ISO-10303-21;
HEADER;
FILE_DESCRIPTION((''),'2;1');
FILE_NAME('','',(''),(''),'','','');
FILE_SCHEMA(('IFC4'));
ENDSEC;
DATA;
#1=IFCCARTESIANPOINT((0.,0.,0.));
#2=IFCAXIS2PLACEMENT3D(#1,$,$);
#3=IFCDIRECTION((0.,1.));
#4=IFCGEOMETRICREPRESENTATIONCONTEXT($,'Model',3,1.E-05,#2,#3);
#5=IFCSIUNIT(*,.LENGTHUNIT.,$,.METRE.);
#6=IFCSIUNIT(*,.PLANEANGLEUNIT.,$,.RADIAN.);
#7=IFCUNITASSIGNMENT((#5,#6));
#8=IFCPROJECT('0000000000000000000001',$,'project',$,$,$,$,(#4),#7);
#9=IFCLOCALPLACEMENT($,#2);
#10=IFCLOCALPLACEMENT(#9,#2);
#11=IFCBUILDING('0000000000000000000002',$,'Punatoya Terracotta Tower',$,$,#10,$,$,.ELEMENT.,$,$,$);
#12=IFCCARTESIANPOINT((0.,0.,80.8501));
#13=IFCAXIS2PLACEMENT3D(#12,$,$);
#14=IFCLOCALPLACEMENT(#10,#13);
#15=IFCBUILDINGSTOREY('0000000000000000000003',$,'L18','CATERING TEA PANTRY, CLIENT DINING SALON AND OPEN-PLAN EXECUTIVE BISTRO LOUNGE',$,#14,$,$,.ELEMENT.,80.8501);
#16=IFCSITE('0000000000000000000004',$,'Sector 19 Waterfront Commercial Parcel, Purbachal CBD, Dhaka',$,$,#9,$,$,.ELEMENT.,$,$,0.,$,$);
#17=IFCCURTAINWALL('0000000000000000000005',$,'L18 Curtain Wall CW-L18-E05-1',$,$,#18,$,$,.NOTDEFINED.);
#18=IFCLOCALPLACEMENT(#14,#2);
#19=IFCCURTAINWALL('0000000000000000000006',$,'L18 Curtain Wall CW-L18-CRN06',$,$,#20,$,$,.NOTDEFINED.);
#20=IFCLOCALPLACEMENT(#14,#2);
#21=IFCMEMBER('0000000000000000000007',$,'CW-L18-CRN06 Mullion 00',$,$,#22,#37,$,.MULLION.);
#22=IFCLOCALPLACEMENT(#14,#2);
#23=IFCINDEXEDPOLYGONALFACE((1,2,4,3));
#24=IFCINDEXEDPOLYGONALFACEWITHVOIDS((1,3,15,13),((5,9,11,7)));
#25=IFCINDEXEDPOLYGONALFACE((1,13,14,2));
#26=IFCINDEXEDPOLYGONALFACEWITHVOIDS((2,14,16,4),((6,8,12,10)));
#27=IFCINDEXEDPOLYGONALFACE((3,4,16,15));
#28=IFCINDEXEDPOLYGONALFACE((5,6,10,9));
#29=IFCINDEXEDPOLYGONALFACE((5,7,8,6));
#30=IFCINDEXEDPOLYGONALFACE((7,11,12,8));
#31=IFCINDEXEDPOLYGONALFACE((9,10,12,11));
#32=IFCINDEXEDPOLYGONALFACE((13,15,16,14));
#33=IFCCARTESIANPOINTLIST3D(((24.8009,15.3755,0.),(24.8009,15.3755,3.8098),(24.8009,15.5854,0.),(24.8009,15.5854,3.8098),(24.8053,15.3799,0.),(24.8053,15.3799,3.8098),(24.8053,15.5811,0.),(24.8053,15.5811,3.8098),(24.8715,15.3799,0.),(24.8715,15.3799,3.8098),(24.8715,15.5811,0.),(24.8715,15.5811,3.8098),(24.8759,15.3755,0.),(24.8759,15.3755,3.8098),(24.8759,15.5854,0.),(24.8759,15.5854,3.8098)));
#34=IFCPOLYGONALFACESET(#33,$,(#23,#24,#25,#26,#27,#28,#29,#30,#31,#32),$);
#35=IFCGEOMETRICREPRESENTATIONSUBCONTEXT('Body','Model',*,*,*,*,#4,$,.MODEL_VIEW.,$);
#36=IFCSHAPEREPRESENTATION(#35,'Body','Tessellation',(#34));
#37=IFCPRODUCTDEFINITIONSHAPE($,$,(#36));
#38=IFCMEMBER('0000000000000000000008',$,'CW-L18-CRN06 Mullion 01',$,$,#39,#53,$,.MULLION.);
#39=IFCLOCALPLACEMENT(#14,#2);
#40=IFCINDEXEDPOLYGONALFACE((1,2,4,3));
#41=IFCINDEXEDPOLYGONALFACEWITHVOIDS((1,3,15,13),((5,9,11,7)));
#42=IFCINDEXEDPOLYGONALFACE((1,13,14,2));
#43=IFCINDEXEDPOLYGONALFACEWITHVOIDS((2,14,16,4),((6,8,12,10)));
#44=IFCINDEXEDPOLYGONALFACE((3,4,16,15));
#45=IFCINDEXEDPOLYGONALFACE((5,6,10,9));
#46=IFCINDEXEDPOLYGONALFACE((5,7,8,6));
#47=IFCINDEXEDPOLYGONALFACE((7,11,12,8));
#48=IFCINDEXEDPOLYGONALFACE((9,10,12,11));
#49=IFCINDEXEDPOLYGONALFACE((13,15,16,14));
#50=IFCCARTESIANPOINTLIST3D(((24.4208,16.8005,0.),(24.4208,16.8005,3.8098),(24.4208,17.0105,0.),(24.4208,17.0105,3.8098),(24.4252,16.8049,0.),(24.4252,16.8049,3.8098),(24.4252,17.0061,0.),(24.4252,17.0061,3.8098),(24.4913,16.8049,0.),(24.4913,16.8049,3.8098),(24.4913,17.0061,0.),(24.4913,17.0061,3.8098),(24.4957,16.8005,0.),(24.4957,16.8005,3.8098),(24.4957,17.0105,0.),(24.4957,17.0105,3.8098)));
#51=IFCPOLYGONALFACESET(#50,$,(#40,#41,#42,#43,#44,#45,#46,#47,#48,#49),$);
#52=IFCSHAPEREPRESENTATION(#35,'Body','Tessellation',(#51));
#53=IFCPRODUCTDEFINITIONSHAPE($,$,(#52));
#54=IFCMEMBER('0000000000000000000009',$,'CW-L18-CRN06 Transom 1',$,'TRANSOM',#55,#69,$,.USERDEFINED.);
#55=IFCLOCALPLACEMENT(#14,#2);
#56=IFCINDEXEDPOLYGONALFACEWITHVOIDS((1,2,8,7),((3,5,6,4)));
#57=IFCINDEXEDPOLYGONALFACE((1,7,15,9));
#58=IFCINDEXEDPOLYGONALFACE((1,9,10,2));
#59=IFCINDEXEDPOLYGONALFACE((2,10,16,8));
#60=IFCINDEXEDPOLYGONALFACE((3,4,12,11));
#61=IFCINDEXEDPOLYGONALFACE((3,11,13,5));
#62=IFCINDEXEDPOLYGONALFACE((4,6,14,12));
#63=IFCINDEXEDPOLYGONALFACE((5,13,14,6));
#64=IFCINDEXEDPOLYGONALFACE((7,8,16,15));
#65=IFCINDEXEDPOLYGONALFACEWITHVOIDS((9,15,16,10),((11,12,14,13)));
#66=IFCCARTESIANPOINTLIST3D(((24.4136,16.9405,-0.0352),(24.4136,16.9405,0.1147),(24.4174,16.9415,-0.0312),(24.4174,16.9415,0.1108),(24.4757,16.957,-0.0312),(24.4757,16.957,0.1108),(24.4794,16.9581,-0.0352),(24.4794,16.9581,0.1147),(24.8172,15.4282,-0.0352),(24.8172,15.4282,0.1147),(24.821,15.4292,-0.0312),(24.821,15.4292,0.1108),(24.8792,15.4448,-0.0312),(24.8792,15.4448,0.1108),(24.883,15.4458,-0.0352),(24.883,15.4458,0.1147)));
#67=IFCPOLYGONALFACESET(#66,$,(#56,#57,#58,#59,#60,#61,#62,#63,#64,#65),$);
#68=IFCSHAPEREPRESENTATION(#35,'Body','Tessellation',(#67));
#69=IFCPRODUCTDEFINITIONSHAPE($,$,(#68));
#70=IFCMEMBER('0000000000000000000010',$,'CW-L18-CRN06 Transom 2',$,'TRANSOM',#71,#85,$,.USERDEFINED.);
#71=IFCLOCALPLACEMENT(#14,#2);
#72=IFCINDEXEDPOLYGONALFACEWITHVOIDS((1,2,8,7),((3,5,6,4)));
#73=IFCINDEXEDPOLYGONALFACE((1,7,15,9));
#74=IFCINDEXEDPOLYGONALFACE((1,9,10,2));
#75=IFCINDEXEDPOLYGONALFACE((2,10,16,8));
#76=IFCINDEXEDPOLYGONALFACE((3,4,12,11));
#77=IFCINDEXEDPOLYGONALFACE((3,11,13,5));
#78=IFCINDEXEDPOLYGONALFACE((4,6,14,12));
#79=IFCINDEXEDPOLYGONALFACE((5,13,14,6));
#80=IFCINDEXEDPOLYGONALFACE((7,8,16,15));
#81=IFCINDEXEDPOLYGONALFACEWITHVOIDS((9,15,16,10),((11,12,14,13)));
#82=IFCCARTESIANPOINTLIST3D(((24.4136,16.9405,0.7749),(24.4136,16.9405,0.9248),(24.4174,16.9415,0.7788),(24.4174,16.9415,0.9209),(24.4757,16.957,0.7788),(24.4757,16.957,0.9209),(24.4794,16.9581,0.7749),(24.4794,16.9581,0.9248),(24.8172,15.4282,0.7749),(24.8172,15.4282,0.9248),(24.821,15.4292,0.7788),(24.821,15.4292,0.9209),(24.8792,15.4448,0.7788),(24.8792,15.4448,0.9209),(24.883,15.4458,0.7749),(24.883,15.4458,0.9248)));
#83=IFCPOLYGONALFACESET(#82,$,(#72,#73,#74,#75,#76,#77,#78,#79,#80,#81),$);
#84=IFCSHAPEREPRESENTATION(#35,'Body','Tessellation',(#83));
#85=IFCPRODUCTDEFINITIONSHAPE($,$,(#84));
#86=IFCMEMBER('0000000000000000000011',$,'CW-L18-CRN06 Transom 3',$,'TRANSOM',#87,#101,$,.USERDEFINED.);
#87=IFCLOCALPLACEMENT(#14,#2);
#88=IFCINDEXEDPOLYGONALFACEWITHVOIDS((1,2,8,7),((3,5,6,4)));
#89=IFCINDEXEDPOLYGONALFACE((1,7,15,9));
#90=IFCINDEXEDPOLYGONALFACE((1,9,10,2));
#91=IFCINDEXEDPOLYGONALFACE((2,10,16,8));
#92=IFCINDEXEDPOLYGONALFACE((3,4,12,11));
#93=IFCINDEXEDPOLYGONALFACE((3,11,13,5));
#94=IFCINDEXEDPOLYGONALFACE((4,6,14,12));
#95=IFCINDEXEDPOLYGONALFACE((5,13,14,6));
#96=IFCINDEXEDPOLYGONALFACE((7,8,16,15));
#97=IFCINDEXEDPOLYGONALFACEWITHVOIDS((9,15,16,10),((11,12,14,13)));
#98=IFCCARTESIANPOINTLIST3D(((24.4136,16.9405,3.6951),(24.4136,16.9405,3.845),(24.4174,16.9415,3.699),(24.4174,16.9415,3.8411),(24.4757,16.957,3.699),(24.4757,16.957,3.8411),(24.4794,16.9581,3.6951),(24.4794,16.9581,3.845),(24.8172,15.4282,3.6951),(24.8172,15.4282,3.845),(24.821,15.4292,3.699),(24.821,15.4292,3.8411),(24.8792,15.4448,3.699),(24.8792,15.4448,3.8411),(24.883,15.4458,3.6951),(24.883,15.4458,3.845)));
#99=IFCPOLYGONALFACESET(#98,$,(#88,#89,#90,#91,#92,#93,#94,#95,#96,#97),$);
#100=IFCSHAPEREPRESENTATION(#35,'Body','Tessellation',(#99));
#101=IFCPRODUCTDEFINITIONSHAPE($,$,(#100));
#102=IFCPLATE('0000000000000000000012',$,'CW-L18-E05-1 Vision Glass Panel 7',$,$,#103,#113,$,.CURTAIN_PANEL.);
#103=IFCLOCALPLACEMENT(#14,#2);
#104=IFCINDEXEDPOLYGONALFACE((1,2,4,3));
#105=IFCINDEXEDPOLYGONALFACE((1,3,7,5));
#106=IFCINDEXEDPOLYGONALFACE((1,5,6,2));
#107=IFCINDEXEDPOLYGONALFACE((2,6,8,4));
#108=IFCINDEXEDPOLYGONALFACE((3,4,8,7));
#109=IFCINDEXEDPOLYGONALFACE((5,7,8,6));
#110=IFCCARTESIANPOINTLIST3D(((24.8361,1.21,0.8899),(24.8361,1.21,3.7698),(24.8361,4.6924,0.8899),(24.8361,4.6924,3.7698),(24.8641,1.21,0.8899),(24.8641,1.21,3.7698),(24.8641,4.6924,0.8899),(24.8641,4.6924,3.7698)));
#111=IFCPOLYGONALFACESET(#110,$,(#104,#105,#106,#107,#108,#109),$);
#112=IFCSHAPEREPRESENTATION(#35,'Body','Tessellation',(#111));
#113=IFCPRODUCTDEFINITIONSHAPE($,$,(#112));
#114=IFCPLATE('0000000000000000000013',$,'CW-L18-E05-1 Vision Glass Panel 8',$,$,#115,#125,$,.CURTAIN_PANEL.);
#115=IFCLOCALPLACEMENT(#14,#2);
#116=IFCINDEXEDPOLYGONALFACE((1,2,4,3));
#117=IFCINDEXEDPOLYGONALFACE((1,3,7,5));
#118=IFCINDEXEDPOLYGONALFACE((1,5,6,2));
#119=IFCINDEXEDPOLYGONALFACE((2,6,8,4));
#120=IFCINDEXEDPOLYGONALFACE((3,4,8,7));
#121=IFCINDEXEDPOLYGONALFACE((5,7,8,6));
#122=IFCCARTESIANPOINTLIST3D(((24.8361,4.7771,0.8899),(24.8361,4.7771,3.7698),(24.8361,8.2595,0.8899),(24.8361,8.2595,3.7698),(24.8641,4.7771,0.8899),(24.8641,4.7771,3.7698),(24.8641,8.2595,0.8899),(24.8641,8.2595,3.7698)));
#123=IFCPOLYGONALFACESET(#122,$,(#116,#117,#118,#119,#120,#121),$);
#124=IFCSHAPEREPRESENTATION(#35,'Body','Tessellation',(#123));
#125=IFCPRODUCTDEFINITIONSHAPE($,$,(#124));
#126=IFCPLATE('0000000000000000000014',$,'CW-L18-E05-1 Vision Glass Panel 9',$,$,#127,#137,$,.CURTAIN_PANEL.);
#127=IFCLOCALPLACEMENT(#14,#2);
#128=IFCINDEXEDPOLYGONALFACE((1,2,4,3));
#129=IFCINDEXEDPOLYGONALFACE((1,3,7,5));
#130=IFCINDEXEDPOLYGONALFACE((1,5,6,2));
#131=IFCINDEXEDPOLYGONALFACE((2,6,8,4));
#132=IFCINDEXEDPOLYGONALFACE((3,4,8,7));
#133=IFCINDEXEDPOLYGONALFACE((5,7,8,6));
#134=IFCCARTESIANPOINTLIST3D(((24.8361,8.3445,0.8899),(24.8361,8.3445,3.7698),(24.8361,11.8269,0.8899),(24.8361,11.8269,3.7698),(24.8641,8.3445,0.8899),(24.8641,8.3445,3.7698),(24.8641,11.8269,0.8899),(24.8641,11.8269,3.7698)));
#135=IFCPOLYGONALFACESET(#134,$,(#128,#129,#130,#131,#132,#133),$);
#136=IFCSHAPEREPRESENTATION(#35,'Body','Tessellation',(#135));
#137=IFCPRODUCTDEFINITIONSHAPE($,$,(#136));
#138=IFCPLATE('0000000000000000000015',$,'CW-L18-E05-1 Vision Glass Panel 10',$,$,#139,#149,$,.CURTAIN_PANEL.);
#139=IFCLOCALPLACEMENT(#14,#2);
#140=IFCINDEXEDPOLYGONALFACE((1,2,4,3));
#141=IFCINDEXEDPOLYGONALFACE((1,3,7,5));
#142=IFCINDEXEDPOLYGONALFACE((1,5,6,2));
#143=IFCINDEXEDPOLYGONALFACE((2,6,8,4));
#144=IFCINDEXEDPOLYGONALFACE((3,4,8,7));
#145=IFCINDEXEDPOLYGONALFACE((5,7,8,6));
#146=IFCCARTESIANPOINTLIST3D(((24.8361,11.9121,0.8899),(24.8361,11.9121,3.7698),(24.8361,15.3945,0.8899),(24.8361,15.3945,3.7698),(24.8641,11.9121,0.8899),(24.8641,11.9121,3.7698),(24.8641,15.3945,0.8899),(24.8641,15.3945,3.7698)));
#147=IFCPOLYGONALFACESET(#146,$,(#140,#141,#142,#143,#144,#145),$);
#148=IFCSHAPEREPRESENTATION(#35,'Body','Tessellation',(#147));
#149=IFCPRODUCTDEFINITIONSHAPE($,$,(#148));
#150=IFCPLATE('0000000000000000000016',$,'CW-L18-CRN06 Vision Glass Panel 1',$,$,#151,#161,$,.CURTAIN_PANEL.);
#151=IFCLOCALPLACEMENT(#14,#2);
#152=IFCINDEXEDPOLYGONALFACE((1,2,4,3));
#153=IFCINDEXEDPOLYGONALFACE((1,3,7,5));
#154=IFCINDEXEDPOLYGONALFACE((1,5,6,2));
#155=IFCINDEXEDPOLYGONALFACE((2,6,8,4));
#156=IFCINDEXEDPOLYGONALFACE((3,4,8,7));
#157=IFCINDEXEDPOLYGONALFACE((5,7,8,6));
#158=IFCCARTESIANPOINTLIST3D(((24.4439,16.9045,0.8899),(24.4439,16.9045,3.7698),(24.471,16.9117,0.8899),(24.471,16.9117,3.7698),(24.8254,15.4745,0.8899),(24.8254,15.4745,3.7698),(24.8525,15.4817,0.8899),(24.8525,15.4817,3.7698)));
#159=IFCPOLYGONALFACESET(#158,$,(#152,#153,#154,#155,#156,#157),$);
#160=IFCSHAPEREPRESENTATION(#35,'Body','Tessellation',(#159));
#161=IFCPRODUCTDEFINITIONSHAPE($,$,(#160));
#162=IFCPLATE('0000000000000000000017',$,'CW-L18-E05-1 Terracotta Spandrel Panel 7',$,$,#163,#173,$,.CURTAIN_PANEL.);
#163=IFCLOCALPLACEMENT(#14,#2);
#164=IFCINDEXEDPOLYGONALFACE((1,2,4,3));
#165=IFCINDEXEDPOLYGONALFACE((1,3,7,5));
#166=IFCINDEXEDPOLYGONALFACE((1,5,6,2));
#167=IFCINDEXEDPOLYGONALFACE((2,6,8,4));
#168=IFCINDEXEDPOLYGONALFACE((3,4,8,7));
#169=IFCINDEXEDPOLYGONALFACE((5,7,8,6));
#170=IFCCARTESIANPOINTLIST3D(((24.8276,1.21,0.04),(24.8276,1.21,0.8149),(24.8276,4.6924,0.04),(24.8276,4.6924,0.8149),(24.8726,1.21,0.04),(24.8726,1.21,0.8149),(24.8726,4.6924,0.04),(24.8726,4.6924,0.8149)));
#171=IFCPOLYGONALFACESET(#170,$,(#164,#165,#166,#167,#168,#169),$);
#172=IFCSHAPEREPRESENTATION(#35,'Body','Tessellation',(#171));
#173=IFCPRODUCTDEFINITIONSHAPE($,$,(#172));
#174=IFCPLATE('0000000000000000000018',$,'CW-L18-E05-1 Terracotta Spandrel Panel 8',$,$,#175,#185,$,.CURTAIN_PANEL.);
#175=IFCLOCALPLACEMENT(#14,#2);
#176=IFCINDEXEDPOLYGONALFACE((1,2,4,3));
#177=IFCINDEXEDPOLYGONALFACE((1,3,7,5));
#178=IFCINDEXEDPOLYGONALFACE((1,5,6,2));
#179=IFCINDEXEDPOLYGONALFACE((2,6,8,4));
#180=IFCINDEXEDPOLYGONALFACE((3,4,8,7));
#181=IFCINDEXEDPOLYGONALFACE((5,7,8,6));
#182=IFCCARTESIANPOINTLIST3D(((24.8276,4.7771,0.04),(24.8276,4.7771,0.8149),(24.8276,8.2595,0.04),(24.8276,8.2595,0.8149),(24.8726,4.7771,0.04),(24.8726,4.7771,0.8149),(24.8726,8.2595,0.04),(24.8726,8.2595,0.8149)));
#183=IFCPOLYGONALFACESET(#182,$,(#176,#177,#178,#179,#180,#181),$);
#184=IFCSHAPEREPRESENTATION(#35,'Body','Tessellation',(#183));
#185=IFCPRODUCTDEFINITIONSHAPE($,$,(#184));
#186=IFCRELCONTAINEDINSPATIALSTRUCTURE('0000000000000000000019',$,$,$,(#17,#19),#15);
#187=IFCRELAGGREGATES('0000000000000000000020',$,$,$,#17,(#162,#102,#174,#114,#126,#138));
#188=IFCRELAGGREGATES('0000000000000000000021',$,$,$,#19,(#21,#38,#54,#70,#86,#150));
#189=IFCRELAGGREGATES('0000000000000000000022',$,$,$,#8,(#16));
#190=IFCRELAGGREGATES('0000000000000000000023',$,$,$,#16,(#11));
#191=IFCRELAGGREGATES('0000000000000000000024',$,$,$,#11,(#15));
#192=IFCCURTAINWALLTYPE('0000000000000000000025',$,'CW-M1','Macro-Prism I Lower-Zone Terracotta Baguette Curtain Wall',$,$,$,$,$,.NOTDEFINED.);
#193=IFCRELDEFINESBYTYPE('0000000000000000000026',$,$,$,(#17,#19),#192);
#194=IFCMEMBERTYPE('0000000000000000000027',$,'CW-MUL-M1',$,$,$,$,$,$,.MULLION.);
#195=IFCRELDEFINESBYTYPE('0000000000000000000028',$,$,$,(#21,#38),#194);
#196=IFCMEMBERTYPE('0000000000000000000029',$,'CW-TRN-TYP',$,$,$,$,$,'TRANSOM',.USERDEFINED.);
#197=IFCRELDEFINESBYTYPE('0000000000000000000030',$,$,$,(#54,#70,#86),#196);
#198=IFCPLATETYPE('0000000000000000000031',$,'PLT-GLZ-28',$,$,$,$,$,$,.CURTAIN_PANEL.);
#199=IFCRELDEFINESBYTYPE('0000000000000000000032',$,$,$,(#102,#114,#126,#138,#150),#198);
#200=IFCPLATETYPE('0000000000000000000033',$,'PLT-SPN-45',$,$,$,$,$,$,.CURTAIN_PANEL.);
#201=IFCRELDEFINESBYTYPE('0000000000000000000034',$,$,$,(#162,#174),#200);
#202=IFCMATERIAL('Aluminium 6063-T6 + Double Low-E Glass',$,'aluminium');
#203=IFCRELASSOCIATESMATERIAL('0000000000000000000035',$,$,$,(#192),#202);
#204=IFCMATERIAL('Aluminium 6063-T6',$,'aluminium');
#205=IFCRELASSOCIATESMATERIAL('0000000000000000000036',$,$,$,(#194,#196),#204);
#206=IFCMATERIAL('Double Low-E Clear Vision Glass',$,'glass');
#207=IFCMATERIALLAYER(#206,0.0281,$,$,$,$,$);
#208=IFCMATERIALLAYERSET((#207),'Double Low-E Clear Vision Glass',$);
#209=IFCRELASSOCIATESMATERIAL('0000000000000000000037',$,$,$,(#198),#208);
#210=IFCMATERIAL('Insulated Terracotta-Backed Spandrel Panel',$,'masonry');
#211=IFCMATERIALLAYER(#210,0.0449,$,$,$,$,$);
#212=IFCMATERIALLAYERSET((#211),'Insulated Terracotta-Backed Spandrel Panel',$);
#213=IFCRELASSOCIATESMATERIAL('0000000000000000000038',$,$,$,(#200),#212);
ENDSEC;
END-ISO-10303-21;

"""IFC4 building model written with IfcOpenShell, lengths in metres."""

from ifc_helpers import new_model, si_unit, direction, frame, origin, origin_2d, place, context, subcontext, project, spatial, rectangle, hollow_rectangle, extrude, material, layer, layer_set, material_profile, profile_set, type_object, element, aggregate, save


model = new_model("IFC4")

# Units and contexts
model_context = context("Model", 3, precision=1e-05, world=origin(), true_north=direction((0.0, 1.0)))
body_context = subcontext(model_context, "Body", "Model", "MODEL_VIEW")
ifc_project = project(units=[si_unit("LENGTHUNIT", "METRE"), si_unit("PLANEANGLEUNIT", "RADIAN")], contexts=[model_context])

# Site, building, storey
site_placement = place(None, origin())
site = spatial("IfcSite", under=ifc_project, at=site_placement, Name="Sector 19 Waterfront Commercial Parcel, Purbachal CBD, Dhaka", CompositionType="ELEMENT", RefElevation=0.0)
building_placement = place(site_placement, origin())
building = spatial("IfcBuilding", under=site, at=building_placement, Name="Punatoya Terracotta Tower", CompositionType="ELEMENT")
storey_placement = place(building_placement, frame((0.0, 0.0, 80.8501)))
storey = spatial("IfcBuildingStorey", under=building, at=storey_placement, Name="L18", Description="CATERING TEA PANTRY, CLIENT DINING SALON AND OPEN-PLAN EXECUTIVE BISTRO LOUNGE", CompositionType="ELEMENT", Elevation=80.8501)

# Curtain walls, members
ifc_material_1 = material(Name="Aluminium 6063-T6 + Double Low-E Glass", Category="aluminium")
curtain_wall_type = type_object("IfcCurtainWallType", Name="CW-M1", Description="Macro-Prism I Lower-Zone Terracotta Baguette Curtain Wall", PredefinedType="NOTDEFINED", material=ifc_material_1)
curtain_wall_1_placement = place(storey_placement, origin())
curtain_wall_1 = element("IfcCurtainWall", 1, at=curtain_wall_1_placement, inside=storey, type_object=curtain_wall_type, Name="L18 Curtain Wall CW-L18-E05-1", PredefinedType="NOTDEFINED")
ifc_material_2 = material(Name="Aluminium 6063-T6", Category="aluminium")
ifc_material_profile_1 = material_profile(ifc_material_2, hollow_rectangle(XDim=0.075, YDim=0.21, WallThickness=0.0044, at=origin_2d()))
ifc_profile_set_1 = profile_set([ifc_material_profile_1], Name="Aluminium 6063-T6")
member_type_1 = type_object("IfcMemberType", Name="CW-MUL-M1", PredefinedType="MULLION", material=ifc_profile_set_1)
curtain_wall_2_placement = place(storey_placement, origin())
curtain_wall_2 = element("IfcCurtainWall", 2, at=curtain_wall_2_placement, inside=storey, type_object=curtain_wall_type, Name="L18 Curtain Wall CW-L18-CRN06", PredefinedType="NOTDEFINED")
member_1_placement = place(storey_placement, frame((24.8384, 15.4805, 0.0), z_axis=(0.0, 0.0, 1.0), x_axis=(1.0, 0.0, 0.0)))
member_1 = element("IfcMember", 3, at=member_1_placement, type_object=member_type_1, Name="CW-L18-CRN06 Mullion 00", PredefinedType="MULLION", context=body_context, shape_type="SweptSolid", body=[
    extrude(hollow_rectangle(XDim=0.075, YDim=0.21, WallThickness=0.0044, at=origin_2d()), origin(), (0.0, 0.0, 1.0), 3.8098),
])
member_2_placement = place(storey_placement, frame((24.4583, 16.9055, 0.0), z_axis=(0.0, 0.0, 1.0), x_axis=(1.0, 0.0, 0.0)))
member_2 = element("IfcMember", 4, at=member_2_placement, type_object=member_type_1, Name="CW-L18-CRN06 Mullion 01", PredefinedType="MULLION", context=body_context, shape_type="SweptSolid", body=[
    extrude(hollow_rectangle(XDim=0.075, YDim=0.21, WallThickness=0.0044, at=origin_2d()), origin(), (0.0, 0.0, 1.0), 3.8098),
])
ifc_material_profile_2 = material_profile(ifc_material_2, hollow_rectangle(XDim=0.0681, YDim=0.1499, WallThickness=0.0039, at=origin_2d()))
ifc_profile_set_2 = profile_set([ifc_material_profile_2], Name="Aluminium 6063-T6")
member_type_2 = type_object("IfcMemberType", Name="CW-TRN-TYP", ElementType="TRANSOM", PredefinedType="USERDEFINED", material=ifc_profile_set_2)
member_3_placement = place(storey_placement, frame((24.8501, 15.437, 0.0398), z_axis=(-0.257847, 0.966186, 0.0), x_axis=(-0.966186, -0.257847, 0.0)))
member_3 = element("IfcMember", 5, at=member_3_placement, type_object=member_type_2, Name="CW-L18-CRN06 Transom 1", ObjectType="TRANSOM", PredefinedType="USERDEFINED", context=body_context, shape_type="SweptSolid", body=[
    extrude(hollow_rectangle(XDim=0.0681, YDim=0.1499, WallThickness=0.0039, at=origin_2d()), origin(), (0.0, 0.0, 1.0), 1.5652),
])
member_4_placement = place(storey_placement, frame((24.8501, 15.437, 0.8499), z_axis=(-0.257847, 0.966186, 0.0), x_axis=(-0.966186, -0.257847, 0.0)))
member_4 = element("IfcMember", 6, at=member_4_placement, type_object=member_type_2, Name="CW-L18-CRN06 Transom 2", ObjectType="TRANSOM", PredefinedType="USERDEFINED", context=body_context, shape_type="SweptSolid", body=[
    extrude(hollow_rectangle(XDim=0.0681, YDim=0.1499, WallThickness=0.0039, at=origin_2d()), origin(), (0.0, 0.0, 1.0), 1.5652),
])
member_5_placement = place(storey_placement, frame((24.8501, 15.437, 3.77), z_axis=(-0.257847, 0.966186, 0.0), x_axis=(-0.966186, -0.257847, 0.0)))
member_5 = element("IfcMember", 7, at=member_5_placement, type_object=member_type_2, Name="CW-L18-CRN06 Transom 3", ObjectType="TRANSOM", PredefinedType="USERDEFINED", context=body_context, shape_type="SweptSolid", body=[
    extrude(hollow_rectangle(XDim=0.0681, YDim=0.1499, WallThickness=0.0039, at=origin_2d()), origin(), (0.0, 0.0, 1.0), 1.5652),
])

# Plates
ifc_material_3 = material(Name="Double Low-E Clear Vision Glass", Category="glass")
ifc_layer_1 = layer(ifc_material_3, 0.0281)
ifc_layer_set_1 = layer_set([ifc_layer_1], Name="Double Low-E Clear Vision Glass")
plate_type_1 = type_object("IfcPlateType", Name="PLT-GLZ-28", PredefinedType="CURTAIN_PANEL", material=ifc_layer_set_1)
plate_1_placement = place(storey_placement, frame((24.8501, 2.9512, 0.8899), z_axis=(0.0, 0.0, 1.0), x_axis=(0.0, 1.0, 0.0)))
plate_1 = element("IfcPlate", 8, at=plate_1_placement, type_object=plate_type_1, Name="CW-L18-E05-1 Vision Glass Panel 7", PredefinedType="CURTAIN_PANEL", context=body_context, shape_type="SweptSolid", body=[
    extrude(rectangle(XDim=3.4824, YDim=0.0281, at=origin_2d()), origin(), (0.0, 0.0, 1.0), 2.8799),
])
plate_2_placement = place(storey_placement, frame((24.8501, 6.5183, 0.8899), z_axis=(0.0, 0.0, 1.0), x_axis=(0.0, 1.0, 0.0)))
plate_2 = element("IfcPlate", 9, at=plate_2_placement, type_object=plate_type_1, Name="CW-L18-E05-1 Vision Glass Panel 8", PredefinedType="CURTAIN_PANEL", context=body_context, shape_type="SweptSolid", body=[
    extrude(rectangle(XDim=3.4824, YDim=0.0281, at=origin_2d()), origin(), (0.0, 0.0, 1.0), 2.8799),
])
plate_3_placement = place(storey_placement, frame((24.8501, 10.0857, 0.8899), z_axis=(0.0, 0.0, 1.0), x_axis=(0.0, 1.0, 0.0)))
plate_3 = element("IfcPlate", 10, at=plate_3_placement, type_object=plate_type_1, Name="CW-L18-E05-1 Vision Glass Panel 9", PredefinedType="CURTAIN_PANEL", context=body_context, shape_type="SweptSolid", body=[
    extrude(rectangle(XDim=3.4824, YDim=0.0281, at=origin_2d()), origin(), (0.0, 0.0, 1.0), 2.8799),
])
plate_4_placement = place(storey_placement, frame((24.8501, 13.6533, 0.8899), z_axis=(0.0, 0.0, 1.0), x_axis=(0.0, 1.0, 0.0)))
plate_4 = element("IfcPlate", 11, at=plate_4_placement, type_object=plate_type_1, Name="CW-L18-E05-1 Vision Glass Panel 10", PredefinedType="CURTAIN_PANEL", context=body_context, shape_type="SweptSolid", body=[
    extrude(rectangle(XDim=3.4824, YDim=0.0281, at=origin_2d()), origin(), (0.0, 0.0, 1.0), 2.8799),
])
plate_5_placement = place(storey_placement, frame((24.6482, 16.1931, 0.8899), z_axis=(0.0, 0.0, 1.0), x_axis=(-0.257742, 0.966214, 0.0)))
plate_5 = element("IfcPlate", 12, at=plate_5_placement, type_object=plate_type_1, Name="CW-L18-CRN06 Vision Glass Panel 1", PredefinedType="CURTAIN_PANEL", context=body_context, shape_type="SweptSolid", body=[
    extrude(rectangle(XDim=1.48, YDim=0.0281, at=origin_2d()), origin(), (0.0, 0.0, 1.0), 2.8799),
])
ifc_material_4 = material(Name="Insulated Terracotta-Backed Spandrel Panel", Category="masonry")
ifc_layer_2 = layer(ifc_material_4, 0.0449)
ifc_layer_set_2 = layer_set([ifc_layer_2], Name="Insulated Terracotta-Backed Spandrel Panel")
plate_type_2 = type_object("IfcPlateType", Name="PLT-SPN-45", PredefinedType="CURTAIN_PANEL", material=ifc_layer_set_2)
plate_6_placement = place(storey_placement, frame((24.8501, 2.9512, 0.04), z_axis=(0.0, 0.0, 1.0), x_axis=(0.0, 1.0, 0.0)))
plate_6 = element("IfcPlate", 13, at=plate_6_placement, type_object=plate_type_2, Name="CW-L18-E05-1 Terracotta Spandrel Panel 7", PredefinedType="CURTAIN_PANEL", context=body_context, shape_type="SweptSolid", body=[
    extrude(rectangle(XDim=3.4824, YDim=0.0449, at=origin_2d()), origin(), (0.0, 0.0, 1.0), 0.7749),
])
plate_7_placement = place(storey_placement, frame((24.8501, 6.5183, 0.04), z_axis=(0.0, 0.0, 1.0), x_axis=(0.0, 1.0, 0.0)))
plate_7 = element("IfcPlate", 14, at=plate_7_placement, type_object=plate_type_2, Name="CW-L18-E05-1 Terracotta Spandrel Panel 8", PredefinedType="CURTAIN_PANEL", context=body_context, shape_type="SweptSolid", body=[
    extrude(rectangle(XDim=3.4824, YDim=0.0449, at=origin_2d()), origin(), (0.0, 0.0, 1.0), 0.7749),
])
aggregate(curtain_wall_1, [plate_6, plate_1, plate_7, plate_2, plate_3, plate_4])
aggregate(curtain_wall_2, [member_1, member_2, member_3, member_4, member_5, plate_5])

save(model, "model.ifc")
